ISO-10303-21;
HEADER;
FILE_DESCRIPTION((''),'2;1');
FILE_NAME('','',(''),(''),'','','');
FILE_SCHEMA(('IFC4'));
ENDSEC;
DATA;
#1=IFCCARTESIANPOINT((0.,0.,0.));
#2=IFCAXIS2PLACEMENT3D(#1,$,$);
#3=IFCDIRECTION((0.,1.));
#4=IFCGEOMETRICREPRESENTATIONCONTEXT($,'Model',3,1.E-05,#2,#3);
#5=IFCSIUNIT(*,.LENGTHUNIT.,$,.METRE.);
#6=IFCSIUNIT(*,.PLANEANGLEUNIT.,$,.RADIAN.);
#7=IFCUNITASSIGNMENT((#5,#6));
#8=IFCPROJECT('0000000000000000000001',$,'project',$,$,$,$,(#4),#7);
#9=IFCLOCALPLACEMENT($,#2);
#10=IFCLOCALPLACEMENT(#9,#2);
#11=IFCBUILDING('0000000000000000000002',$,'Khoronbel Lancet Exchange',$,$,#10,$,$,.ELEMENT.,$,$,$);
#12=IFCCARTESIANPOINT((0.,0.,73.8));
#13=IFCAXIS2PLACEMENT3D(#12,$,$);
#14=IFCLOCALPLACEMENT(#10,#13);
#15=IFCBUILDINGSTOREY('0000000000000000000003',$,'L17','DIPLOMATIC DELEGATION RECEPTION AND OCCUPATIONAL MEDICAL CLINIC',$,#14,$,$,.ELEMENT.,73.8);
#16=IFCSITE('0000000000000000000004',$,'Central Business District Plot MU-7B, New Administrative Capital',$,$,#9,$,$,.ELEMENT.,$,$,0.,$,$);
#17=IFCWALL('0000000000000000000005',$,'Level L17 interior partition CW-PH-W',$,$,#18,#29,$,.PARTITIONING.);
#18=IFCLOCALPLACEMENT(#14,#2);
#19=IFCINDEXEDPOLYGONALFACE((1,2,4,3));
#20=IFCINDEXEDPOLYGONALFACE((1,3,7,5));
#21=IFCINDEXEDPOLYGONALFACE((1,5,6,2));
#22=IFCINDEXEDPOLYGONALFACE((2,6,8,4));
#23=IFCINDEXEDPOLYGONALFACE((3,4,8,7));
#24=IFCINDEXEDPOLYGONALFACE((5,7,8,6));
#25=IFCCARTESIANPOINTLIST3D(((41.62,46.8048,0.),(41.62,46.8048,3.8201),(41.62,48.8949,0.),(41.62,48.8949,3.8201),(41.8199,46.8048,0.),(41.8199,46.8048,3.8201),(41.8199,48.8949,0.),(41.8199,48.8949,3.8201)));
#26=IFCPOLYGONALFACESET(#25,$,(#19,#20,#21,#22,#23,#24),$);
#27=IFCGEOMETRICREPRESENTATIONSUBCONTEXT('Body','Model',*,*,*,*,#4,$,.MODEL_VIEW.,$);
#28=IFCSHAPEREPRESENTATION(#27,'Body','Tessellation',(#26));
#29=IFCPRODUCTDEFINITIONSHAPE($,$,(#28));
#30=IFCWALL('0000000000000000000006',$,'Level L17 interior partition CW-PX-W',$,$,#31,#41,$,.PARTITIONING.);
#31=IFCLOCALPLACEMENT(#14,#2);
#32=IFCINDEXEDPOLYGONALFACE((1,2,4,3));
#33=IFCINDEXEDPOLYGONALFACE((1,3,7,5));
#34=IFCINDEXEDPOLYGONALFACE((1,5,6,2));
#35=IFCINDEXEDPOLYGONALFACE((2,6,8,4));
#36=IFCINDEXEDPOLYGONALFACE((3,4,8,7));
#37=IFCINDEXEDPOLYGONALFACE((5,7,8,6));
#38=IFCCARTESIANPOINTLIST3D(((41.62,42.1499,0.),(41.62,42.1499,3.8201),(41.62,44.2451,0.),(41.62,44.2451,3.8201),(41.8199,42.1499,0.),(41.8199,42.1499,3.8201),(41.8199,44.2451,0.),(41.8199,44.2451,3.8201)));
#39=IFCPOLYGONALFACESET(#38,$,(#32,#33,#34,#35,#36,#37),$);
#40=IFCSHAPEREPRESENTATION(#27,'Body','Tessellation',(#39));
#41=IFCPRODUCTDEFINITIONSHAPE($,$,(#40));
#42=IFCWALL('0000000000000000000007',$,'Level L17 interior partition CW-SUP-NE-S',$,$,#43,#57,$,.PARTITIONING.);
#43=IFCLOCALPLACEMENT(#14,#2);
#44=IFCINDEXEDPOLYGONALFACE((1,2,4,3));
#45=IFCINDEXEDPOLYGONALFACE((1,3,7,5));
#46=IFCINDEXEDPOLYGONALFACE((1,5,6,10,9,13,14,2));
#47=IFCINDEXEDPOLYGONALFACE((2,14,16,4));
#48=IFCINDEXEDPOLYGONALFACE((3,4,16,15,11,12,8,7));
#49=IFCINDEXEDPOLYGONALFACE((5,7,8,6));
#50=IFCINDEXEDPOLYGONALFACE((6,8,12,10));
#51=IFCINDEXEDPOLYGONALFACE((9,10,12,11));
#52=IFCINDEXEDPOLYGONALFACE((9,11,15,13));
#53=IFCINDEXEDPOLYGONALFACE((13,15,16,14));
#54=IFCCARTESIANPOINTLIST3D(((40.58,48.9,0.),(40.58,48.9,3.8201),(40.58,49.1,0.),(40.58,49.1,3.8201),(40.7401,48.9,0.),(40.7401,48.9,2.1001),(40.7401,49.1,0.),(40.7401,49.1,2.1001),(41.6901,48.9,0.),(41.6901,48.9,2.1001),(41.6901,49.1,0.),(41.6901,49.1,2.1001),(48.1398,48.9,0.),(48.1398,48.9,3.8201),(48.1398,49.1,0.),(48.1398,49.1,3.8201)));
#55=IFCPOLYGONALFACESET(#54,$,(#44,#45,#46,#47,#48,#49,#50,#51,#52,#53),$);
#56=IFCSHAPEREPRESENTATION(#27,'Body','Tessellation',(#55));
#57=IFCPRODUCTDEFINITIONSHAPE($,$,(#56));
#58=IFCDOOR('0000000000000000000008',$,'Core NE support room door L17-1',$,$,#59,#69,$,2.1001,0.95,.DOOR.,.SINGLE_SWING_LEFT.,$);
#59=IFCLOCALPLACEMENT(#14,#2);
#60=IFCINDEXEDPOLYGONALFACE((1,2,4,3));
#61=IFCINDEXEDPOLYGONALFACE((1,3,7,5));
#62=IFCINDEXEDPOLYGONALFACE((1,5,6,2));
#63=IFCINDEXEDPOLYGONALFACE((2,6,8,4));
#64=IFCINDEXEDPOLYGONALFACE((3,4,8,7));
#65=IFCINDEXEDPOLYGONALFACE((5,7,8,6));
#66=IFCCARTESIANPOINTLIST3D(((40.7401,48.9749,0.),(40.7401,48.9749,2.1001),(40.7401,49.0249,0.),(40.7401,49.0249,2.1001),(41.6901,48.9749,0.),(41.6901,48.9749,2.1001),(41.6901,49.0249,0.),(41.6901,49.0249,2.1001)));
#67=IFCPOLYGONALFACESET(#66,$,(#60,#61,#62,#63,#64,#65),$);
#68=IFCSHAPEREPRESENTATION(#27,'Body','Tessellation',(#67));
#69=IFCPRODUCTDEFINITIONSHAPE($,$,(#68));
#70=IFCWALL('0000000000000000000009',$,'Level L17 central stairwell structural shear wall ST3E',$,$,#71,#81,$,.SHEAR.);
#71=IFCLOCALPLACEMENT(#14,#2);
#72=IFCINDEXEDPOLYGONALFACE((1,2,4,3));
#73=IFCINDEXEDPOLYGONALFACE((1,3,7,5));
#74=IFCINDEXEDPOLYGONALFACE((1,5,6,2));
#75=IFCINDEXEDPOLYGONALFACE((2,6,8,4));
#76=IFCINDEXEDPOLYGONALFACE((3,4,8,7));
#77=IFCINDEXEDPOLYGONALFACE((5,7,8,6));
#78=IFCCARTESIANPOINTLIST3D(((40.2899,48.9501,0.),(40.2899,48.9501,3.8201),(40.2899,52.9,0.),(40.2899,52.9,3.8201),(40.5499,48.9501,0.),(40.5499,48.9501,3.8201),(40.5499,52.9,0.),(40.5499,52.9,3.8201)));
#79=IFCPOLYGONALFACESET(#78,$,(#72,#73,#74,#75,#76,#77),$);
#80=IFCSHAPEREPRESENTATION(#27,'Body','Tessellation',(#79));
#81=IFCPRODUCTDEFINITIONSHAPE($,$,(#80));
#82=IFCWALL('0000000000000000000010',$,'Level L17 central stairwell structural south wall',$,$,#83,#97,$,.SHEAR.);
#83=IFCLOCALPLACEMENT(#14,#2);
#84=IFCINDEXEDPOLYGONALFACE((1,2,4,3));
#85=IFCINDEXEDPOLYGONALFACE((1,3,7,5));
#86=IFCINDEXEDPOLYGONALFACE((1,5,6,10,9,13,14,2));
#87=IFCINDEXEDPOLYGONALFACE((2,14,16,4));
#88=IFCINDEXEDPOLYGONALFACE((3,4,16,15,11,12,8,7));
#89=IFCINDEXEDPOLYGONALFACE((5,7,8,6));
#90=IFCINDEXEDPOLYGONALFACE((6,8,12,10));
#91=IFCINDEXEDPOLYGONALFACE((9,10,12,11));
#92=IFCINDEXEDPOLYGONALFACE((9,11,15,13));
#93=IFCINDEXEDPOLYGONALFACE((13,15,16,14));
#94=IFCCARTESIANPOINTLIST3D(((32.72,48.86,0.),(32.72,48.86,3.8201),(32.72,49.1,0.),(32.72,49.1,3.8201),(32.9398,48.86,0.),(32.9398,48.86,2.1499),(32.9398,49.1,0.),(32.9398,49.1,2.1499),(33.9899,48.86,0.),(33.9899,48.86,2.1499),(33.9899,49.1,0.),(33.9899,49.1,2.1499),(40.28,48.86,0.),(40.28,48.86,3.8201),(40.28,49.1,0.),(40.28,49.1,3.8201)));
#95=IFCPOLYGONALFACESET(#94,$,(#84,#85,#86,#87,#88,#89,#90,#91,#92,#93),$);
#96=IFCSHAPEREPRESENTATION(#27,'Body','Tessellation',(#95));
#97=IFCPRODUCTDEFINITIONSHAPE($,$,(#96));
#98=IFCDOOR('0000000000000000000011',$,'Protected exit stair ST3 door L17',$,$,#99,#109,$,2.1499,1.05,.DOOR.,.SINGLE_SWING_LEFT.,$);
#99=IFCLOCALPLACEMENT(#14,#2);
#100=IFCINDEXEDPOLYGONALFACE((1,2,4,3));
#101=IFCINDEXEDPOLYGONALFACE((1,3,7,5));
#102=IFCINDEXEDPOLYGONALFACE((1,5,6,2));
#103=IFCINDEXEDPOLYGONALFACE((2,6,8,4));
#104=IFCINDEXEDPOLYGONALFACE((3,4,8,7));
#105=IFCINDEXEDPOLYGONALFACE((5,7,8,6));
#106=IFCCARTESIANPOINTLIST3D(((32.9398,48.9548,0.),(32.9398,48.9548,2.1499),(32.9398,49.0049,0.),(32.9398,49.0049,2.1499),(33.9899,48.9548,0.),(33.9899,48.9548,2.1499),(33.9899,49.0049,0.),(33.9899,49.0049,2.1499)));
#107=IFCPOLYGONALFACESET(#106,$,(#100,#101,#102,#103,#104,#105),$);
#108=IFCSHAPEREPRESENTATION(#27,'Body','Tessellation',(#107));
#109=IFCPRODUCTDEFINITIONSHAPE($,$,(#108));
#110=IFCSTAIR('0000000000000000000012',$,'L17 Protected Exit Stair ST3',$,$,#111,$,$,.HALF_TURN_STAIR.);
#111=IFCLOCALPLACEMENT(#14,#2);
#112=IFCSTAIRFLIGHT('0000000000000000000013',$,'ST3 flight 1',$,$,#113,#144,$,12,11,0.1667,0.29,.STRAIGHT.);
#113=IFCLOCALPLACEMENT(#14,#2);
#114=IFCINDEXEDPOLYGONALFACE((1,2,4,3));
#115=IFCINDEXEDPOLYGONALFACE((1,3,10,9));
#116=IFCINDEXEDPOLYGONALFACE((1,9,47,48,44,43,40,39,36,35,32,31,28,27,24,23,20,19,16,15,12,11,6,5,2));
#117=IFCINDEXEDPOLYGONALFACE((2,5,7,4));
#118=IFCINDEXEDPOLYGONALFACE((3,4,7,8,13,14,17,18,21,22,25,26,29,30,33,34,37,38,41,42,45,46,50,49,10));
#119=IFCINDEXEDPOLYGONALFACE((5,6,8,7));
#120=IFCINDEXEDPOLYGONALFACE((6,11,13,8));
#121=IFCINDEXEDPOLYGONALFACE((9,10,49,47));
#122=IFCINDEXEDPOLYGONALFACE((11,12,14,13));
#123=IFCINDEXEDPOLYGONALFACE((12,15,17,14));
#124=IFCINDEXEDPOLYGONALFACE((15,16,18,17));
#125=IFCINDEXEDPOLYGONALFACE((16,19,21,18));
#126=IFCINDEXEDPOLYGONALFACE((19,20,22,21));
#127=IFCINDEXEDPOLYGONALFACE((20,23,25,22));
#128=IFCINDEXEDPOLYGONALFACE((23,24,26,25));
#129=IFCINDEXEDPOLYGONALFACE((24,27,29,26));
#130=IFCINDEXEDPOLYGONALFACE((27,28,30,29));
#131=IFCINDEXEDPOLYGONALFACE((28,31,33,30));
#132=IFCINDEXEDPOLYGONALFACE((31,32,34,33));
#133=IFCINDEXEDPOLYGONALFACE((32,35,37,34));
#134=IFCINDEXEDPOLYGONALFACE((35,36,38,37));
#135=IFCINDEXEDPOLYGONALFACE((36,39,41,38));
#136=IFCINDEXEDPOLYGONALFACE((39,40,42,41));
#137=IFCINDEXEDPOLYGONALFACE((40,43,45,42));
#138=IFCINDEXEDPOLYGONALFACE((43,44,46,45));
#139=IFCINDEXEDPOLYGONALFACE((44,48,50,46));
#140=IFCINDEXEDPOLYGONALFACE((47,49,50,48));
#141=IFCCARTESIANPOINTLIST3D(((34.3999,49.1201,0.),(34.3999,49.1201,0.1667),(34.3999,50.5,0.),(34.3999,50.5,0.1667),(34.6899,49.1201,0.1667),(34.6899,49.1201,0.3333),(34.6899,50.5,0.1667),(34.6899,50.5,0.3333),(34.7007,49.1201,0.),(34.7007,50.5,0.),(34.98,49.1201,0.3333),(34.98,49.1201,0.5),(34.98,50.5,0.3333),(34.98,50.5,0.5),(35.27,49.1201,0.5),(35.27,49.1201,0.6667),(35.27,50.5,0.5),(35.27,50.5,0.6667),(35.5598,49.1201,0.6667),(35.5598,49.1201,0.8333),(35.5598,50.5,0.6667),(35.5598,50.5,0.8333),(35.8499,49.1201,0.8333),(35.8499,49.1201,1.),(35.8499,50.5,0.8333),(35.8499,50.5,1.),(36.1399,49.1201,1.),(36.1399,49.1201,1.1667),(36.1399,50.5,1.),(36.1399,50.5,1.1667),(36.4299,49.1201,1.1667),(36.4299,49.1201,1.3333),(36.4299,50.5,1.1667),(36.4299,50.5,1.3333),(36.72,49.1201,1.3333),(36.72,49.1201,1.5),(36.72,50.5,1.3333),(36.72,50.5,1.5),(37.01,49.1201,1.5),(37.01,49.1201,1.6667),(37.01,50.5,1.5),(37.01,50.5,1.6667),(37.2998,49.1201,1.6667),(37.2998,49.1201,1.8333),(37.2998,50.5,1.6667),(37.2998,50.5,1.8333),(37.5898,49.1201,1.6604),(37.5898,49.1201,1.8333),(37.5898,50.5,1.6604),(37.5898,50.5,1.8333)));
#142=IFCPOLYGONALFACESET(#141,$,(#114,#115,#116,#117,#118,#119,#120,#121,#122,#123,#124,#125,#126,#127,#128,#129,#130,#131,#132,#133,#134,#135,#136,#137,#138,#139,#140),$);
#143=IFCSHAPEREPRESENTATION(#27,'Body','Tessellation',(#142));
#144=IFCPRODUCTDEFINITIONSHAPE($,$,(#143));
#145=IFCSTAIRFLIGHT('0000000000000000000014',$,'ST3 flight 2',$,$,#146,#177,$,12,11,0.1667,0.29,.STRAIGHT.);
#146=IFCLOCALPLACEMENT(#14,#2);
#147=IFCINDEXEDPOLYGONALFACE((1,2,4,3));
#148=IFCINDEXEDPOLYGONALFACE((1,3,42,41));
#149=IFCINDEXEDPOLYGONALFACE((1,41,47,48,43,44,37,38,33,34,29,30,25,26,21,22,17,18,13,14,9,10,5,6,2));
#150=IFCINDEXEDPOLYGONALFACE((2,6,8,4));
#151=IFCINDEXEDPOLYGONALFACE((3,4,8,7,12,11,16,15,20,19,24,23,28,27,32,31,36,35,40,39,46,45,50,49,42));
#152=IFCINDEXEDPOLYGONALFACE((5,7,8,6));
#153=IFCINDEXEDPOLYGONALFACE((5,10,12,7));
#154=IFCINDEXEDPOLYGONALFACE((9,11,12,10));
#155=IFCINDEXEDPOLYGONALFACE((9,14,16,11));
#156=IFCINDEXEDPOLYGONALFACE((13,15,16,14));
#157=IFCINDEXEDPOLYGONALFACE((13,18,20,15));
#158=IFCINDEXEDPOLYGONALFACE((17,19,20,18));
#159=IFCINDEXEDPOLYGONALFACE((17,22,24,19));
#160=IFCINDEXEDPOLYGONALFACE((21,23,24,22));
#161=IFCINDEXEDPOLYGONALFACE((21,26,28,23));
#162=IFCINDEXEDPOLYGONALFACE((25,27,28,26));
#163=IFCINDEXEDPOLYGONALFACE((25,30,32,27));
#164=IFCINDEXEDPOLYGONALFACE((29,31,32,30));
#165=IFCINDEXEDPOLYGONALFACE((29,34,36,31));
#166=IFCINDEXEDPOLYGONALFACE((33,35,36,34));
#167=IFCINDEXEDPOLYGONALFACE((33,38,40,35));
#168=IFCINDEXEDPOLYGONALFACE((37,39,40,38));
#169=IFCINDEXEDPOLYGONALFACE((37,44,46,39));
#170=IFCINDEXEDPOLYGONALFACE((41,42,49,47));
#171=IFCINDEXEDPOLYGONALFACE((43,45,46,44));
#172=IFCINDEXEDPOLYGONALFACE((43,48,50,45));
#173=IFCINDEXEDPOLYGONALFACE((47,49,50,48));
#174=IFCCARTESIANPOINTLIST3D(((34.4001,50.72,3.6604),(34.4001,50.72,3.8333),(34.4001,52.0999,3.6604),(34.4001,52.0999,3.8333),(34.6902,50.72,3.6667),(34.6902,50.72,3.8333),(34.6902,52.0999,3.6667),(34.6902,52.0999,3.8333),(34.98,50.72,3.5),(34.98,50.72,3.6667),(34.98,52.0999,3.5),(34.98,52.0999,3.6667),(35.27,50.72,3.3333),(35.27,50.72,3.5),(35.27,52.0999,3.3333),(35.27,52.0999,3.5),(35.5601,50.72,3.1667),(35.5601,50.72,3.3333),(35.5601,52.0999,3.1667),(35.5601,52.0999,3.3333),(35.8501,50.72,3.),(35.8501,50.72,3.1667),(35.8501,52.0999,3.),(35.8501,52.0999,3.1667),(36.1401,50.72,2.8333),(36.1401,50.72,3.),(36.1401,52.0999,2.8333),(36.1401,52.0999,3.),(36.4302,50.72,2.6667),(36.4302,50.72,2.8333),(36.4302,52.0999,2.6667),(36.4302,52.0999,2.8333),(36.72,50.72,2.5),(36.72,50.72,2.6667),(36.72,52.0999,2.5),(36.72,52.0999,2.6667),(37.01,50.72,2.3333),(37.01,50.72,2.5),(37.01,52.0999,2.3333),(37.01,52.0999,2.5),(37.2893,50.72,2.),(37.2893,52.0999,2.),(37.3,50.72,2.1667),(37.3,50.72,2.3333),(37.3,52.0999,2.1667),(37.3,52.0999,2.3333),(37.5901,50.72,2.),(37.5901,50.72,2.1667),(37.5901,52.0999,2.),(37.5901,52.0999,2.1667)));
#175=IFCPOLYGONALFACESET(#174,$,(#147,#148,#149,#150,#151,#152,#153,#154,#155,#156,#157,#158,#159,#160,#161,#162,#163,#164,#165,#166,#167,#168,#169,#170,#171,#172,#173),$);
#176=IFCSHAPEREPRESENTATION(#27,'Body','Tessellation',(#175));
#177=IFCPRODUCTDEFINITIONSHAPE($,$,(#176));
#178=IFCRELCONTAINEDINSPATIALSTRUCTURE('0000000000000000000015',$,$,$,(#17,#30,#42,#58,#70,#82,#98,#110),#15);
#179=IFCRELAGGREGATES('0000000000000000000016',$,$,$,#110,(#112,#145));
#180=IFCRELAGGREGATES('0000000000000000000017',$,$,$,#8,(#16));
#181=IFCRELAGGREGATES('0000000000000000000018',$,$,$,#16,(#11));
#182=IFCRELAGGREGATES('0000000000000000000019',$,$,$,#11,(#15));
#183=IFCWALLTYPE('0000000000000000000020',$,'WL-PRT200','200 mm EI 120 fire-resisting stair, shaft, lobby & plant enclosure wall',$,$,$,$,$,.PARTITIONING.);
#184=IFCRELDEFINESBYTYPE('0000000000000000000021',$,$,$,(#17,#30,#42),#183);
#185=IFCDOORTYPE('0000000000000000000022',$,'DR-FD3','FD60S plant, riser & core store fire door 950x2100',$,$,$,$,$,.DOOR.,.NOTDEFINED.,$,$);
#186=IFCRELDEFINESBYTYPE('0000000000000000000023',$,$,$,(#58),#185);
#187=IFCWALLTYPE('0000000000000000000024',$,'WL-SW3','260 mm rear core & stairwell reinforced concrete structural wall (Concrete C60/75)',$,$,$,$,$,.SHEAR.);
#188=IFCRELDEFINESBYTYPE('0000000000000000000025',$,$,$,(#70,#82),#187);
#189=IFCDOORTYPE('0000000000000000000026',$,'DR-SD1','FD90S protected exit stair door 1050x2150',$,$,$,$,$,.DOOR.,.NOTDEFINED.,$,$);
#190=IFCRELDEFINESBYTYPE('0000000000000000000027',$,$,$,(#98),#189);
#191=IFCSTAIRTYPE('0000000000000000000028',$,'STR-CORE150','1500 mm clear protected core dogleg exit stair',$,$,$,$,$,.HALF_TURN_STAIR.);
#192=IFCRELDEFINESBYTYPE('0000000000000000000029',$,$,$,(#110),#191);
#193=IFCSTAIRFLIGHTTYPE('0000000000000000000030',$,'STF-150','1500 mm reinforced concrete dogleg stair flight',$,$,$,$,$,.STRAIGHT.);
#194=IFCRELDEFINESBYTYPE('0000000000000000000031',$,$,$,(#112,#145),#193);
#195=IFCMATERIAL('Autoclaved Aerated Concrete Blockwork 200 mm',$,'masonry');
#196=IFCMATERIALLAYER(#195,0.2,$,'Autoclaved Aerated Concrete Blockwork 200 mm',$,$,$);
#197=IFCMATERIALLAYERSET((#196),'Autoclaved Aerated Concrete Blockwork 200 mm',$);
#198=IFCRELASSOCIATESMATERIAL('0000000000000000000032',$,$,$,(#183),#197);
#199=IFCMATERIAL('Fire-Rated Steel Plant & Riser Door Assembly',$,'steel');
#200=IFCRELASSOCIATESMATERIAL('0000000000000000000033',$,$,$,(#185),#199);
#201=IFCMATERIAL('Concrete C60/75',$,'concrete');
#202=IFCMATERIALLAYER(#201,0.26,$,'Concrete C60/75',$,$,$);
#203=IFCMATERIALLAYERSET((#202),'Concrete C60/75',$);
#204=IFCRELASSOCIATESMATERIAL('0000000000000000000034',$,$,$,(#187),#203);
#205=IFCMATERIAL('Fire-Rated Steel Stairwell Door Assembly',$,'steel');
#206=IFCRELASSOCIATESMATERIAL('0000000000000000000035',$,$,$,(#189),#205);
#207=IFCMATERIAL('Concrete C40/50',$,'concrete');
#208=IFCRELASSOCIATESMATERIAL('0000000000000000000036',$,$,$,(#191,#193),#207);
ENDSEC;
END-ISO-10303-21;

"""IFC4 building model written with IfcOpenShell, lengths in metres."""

from ifc_helpers import new_model, si_unit, direction, frame, frame_2d, origin, place, context, subcontext, project, spatial, polyline, rectangle, outline, extrude, material, layer, layer_set, type_object, element, fill, aggregate, save


model = new_model("IFC4")

# Units and contexts
model_context = context("Model", 3, precision=1e-05, world=origin(), true_north=direction((0.0, 1.0)))
body_context = subcontext(model_context, "Body", "Model", "MODEL_VIEW")
ifc_project = project(units=[si_unit("LENGTHUNIT", "METRE"), si_unit("PLANEANGLEUNIT", "RADIAN")], contexts=[model_context])

# Site, building, storey
site_placement = place(None, origin())
site = spatial("IfcSite", under=ifc_project, at=site_placement, Name="Central Business District Plot MU-7B, New Administrative Capital", CompositionType="ELEMENT", RefElevation=0.0)
building_placement = place(site_placement, origin())
building = spatial("IfcBuilding", under=site, at=building_placement, Name="Khoronbel Lancet Exchange", CompositionType="ELEMENT")
storey_placement = place(building_placement, frame((0.0, 0.0, 73.8)))
storey = spatial("IfcBuildingStorey", under=building, at=storey_placement, Name="L17", Description="DIPLOMATIC DELEGATION RECEPTION AND OCCUPATIONAL MEDICAL CLINIC", CompositionType="ELEMENT", Elevation=73.8)

# Walls
ifc_material_1 = material(Name="Autoclaved Aerated Concrete Blockwork 200 mm", Category="masonry")
ifc_layer_1 = layer(ifc_material_1, 0.2, Name="Autoclaved Aerated Concrete Blockwork 200 mm")
ifc_layer_set_1 = layer_set([ifc_layer_1], Name="Autoclaved Aerated Concrete Blockwork 200 mm")
wall_type_1 = type_object("IfcWallType", Name="WL-PRT200", Description="200 mm EI 120 fire-resisting stair, shaft, lobby & plant enclosure wall", PredefinedType="PARTITIONING", material=ifc_layer_set_1)
wall_1_placement = place(storey_placement, frame((41.72, 46.8049, 0.0), z_axis=(0.0, 0.0, 1.0), x_axis=(0.0, 1.0, 0.0)))
element("IfcWall", 1, at=wall_1_placement, inside=storey, type_object=wall_type_1, Name="Level L17 interior partition CW-PH-W", PredefinedType="PARTITIONING", context=body_context, shape_type="SweptSolid", body=[
    extrude(rectangle(XDim=2.0901, YDim=0.2, at=frame_2d((1.0449, 0.0))), origin(), (0.0, 0.0, 1.0), 3.8201),
])
wall_2_placement = place(storey_placement, frame((41.72, 42.1499, 0.0), z_axis=(0.0, 0.0, 1.0), x_axis=(0.0, 1.0, 0.0)))
element("IfcWall", 2, at=wall_2_placement, inside=storey, type_object=wall_type_1, Name="Level L17 interior partition CW-PX-W", PredefinedType="PARTITIONING", context=body_context, shape_type="SweptSolid", body=[
    extrude(rectangle(XDim=2.0952, YDim=0.2, at=frame_2d((1.0476, 0.0))), origin(), (0.0, 0.0, 1.0), 3.8201),
])

# Wall, opening, door
wall_3_placement = place(storey_placement, frame((40.5801, 49.0, 0.0), z_axis=(0.0, 0.0, 1.0), x_axis=(1.0, 0.0, 0.0)))
wall_3 = element("IfcWall", 3, at=wall_3_placement, inside=storey, type_object=wall_type_1, Name="Level L17 interior partition CW-SUP-NE-S", PredefinedType="PARTITIONING", context=body_context, shape_type="SweptSolid", body=[
    extrude(rectangle(XDim=7.5598, YDim=0.2, at=frame_2d((3.7798, 0.0))), origin(), (0.0, 0.0, 1.0), 3.8201),
])
opening_1_placement = place(wall_3_placement, frame((0.1599, 0.0, 0.0)))
opening_1 = element("IfcOpeningElement", 4, at=opening_1_placement, cuts=wall_3, PredefinedType="OPENING", context=body_context, shape_type="SweptSolid", body=[
    extrude(rectangle(XDim=0.95, YDim=2.1001, at=frame_2d((0.4751, 1.05))), frame((0.0, 0.1099, 0.0), z_axis=(0.0, -1.0, 0.0), x_axis=(1.0, 0.0, 0.0)), (0.0, 0.0, 1.0), 0.22),
])
ifc_material_2 = material(Name="Fire-Rated Steel Plant & Riser Door Assembly", Category="steel")
door_type_1 = type_object("IfcDoorType", Name="DR-FD3", Description="FD60S plant, riser & core store fire door 950x2100", OperationType="NOTDEFINED", PredefinedType="DOOR", material=ifc_material_2)
door_1_placement = place(opening_1_placement, origin())
door_1 = element("IfcDoor", 5, at=door_1_placement, inside=storey, type_object=door_type_1, Name="Core NE support room door L17-1", OperationType="SINGLE_SWING_LEFT", OverallHeight=2.1001, OverallWidth=0.95, PredefinedType="DOOR", context=body_context, shape_type="SweptSolid", body=[
    extrude(rectangle(XDim=0.95, YDim=2.1001, at=frame_2d((0.4751, 1.05))), frame((0.0, 0.0249, 0.0), z_axis=(0.0, -1.0, 0.0), x_axis=(1.0, 0.0, 0.0)), (0.0, 0.0, 1.0), 0.05),
])
fill(opening_1, door_1)

# Wall
ifc_material_3 = material(Name="Concrete C60/75", Category="concrete")
ifc_layer_2 = layer(ifc_material_3, 0.26, Name="Concrete C60/75")
ifc_layer_set_2 = layer_set([ifc_layer_2], Name="Concrete C60/75")
wall_type_2 = type_object("IfcWallType", Name="WL-SW3", Description="260 mm rear core & stairwell reinforced concrete structural wall (Concrete C60/75)", PredefinedType="SHEAR", material=ifc_layer_set_2)
wall_4_placement = place(storey_placement, frame((40.4199, 48.95, 0.0), z_axis=(0.0, 0.0, 1.0), x_axis=(0.0, 1.0, 0.0)))
element("IfcWall", 6, at=wall_4_placement, inside=storey, type_object=wall_type_2, Name="Level L17 central stairwell structural shear wall ST3E", PredefinedType="SHEAR", context=body_context, shape_type="SweptSolid", body=[
    extrude(rectangle(XDim=3.95, YDim=0.26, at=frame_2d((1.9751, 0.0))), origin(), (0.0, 0.0, 1.0), 3.8201),
])

# Wall, opening, door
wall_5_placement = place(storey_placement, frame((32.72, 48.98, 0.0), z_axis=(0.0, 0.0, 1.0), x_axis=(1.0, 0.0, 0.0)))
wall_5 = element("IfcWall", 7, at=wall_5_placement, inside=storey, type_object=wall_type_2, Name="Level L17 central stairwell structural south wall", PredefinedType="SHEAR", context=body_context, shape_type="SweptSolid", body=[
    extrude(rectangle(XDim=7.5601, YDim=0.24, at=frame_2d((3.78, 0.0))), origin(), (0.0, 0.0, 1.0), 3.8201),
])
opening_2_placement = place(wall_5_placement, frame((0.22, 0.0, 0.0)))
opening_2 = element("IfcOpeningElement", 8, at=opening_2_placement, cuts=wall_5, PredefinedType="OPENING", context=body_context, shape_type="SweptSolid", body=[
    extrude(rectangle(XDim=1.05, YDim=2.1499, at=frame_2d((0.5249, 1.075))), frame((0.0, 0.1299, 0.0), z_axis=(0.0, -1.0, 0.0), x_axis=(1.0, 0.0, 0.0)), (0.0, 0.0, 1.0), 0.26),
])
ifc_material_4 = material(Name="Fire-Rated Steel Stairwell Door Assembly", Category="steel")
door_type_2 = type_object("IfcDoorType", Name="DR-SD1", Description="FD90S protected exit stair door 1050x2150", OperationType="NOTDEFINED", PredefinedType="DOOR", material=ifc_material_4)
door_2_placement = place(opening_2_placement, origin())
door_2 = element("IfcDoor", 9, at=door_2_placement, inside=storey, type_object=door_type_2, Name="Protected exit stair ST3 door L17", OperationType="SINGLE_SWING_LEFT", OverallHeight=2.1499, OverallWidth=1.05, PredefinedType="DOOR", context=body_context, shape_type="SweptSolid", body=[
    extrude(rectangle(XDim=1.05, YDim=2.1499, at=frame_2d((0.5249, 1.075))), frame((0.0, 0.0249, 0.0), z_axis=(0.0, -1.0, 0.0), x_axis=(1.0, 0.0, 0.0)), (0.0, 0.0, 1.0), 0.05),
])
fill(opening_2, door_2)

# Stair, stair flights
ifc_material_5 = material(Name="Concrete C40/50", Category="concrete")
stair_type = type_object("IfcStairType", Name="STR-CORE150", Description="1500 mm clear protected core dogleg exit stair", PredefinedType="HALF_TURN_STAIR", material=ifc_material_5)
stair_placement = place(storey_placement, origin())
stair = element("IfcStair", 10, at=stair_placement, inside=storey, type_object=stair_type, Name="L17 Protected Exit Stair ST3", PredefinedType="HALF_TURN_STAIR")
stair_flight_type = type_object("IfcStairFlightType", Name="STF-150", Description="1500 mm reinforced concrete dogleg stair flight", PredefinedType="STRAIGHT", material=ifc_material_5)
stair_flight_1_placement = place(storey_placement, frame((34.3999, 49.8101, 0.0), z_axis=(0.0, 0.0, 1.0), x_axis=(1.0, 0.0, 0.0)))
stair_flight_1 = element("IfcStairFlight", 11, at=stair_flight_1_placement, type_object=stair_flight_type, Name="ST3 flight 1", NumberOfRisers=12, NumberOfTreads=11, PredefinedType="STRAIGHT", RiserHeight=0.1667, TreadLength=0.29, context=body_context, shape_type="SweptSolid", body=[
    extrude(outline(polyline([(0.0, 0.0), (0.0, 0.1667), (0.29, 0.1667), (0.29, 0.3333), (0.5801, 0.3333), (0.5801, 0.5), (0.8701, 0.5), (0.8701, 0.6667), (1.1599, 0.6667), (1.1599, 0.8333), (1.45, 0.8333), (1.45, 1.0), (1.74, 1.0), (1.74, 1.1667), (2.03, 1.1667), (2.03, 1.3333), (2.3201, 1.3333), (2.3201, 1.5), (2.6101, 1.5), (2.6101, 1.6667), (2.8999, 1.6667), (2.8999, 1.8333), (3.1899, 1.8333), (3.1899, 2.0), (3.1899, 1.6604), (0.3008, 0.0), (0.0, 0.0)])), frame((0.0, 0.6899, 0.0), z_axis=(0.0, -1.0, 0.0), x_axis=(1.0, 0.0, 0.0)), (0.0, 0.0, 1.0), 1.3799),
])
stair_flight_2_placement = place(storey_placement, frame((37.5901, 51.4099, 2.0), z_axis=(0.0, 0.0, 1.0), x_axis=(-1.0, 0.0, 0.0)))
stair_flight_2 = element("IfcStairFlight", 12, at=stair_flight_2_placement, type_object=stair_flight_type, Name="ST3 flight 2", NumberOfRisers=12, NumberOfTreads=11, PredefinedType="STRAIGHT", RiserHeight=0.1667, TreadLength=0.29, context=body_context, shape_type="SweptSolid", body=[
    extrude(outline(polyline([(0.0, 0.0), (0.0, 0.1667), (0.29, 0.1667), (0.29, 0.3333), (0.5801, 0.3333), (0.5801, 0.5), (0.8701, 0.5), (0.8701, 0.6667), (1.1599, 0.6667), (1.1599, 0.8333), (1.45, 0.8333), (1.45, 1.0), (1.74, 1.0), (1.74, 1.1667), (2.03, 1.1667), (2.03, 1.3333), (2.3201, 1.3333), (2.3201, 1.5), (2.6101, 1.5), (2.6101, 1.6667), (2.8999, 1.6667), (2.8999, 1.8333), (3.1899, 1.8333), (3.1899, 2.0), (3.1899, 1.6604), (0.3008, 0.0), (0.0, 0.0)])), frame((0.0, 0.6899, 0.0), z_axis=(0.0, -1.0, 0.0), x_axis=(1.0, 0.0, 0.0)), (0.0, 0.0, 1.0), 1.3799),
])
aggregate(stair, [stair_flight_1, stair_flight_2])

save(model, "model.ifc")
